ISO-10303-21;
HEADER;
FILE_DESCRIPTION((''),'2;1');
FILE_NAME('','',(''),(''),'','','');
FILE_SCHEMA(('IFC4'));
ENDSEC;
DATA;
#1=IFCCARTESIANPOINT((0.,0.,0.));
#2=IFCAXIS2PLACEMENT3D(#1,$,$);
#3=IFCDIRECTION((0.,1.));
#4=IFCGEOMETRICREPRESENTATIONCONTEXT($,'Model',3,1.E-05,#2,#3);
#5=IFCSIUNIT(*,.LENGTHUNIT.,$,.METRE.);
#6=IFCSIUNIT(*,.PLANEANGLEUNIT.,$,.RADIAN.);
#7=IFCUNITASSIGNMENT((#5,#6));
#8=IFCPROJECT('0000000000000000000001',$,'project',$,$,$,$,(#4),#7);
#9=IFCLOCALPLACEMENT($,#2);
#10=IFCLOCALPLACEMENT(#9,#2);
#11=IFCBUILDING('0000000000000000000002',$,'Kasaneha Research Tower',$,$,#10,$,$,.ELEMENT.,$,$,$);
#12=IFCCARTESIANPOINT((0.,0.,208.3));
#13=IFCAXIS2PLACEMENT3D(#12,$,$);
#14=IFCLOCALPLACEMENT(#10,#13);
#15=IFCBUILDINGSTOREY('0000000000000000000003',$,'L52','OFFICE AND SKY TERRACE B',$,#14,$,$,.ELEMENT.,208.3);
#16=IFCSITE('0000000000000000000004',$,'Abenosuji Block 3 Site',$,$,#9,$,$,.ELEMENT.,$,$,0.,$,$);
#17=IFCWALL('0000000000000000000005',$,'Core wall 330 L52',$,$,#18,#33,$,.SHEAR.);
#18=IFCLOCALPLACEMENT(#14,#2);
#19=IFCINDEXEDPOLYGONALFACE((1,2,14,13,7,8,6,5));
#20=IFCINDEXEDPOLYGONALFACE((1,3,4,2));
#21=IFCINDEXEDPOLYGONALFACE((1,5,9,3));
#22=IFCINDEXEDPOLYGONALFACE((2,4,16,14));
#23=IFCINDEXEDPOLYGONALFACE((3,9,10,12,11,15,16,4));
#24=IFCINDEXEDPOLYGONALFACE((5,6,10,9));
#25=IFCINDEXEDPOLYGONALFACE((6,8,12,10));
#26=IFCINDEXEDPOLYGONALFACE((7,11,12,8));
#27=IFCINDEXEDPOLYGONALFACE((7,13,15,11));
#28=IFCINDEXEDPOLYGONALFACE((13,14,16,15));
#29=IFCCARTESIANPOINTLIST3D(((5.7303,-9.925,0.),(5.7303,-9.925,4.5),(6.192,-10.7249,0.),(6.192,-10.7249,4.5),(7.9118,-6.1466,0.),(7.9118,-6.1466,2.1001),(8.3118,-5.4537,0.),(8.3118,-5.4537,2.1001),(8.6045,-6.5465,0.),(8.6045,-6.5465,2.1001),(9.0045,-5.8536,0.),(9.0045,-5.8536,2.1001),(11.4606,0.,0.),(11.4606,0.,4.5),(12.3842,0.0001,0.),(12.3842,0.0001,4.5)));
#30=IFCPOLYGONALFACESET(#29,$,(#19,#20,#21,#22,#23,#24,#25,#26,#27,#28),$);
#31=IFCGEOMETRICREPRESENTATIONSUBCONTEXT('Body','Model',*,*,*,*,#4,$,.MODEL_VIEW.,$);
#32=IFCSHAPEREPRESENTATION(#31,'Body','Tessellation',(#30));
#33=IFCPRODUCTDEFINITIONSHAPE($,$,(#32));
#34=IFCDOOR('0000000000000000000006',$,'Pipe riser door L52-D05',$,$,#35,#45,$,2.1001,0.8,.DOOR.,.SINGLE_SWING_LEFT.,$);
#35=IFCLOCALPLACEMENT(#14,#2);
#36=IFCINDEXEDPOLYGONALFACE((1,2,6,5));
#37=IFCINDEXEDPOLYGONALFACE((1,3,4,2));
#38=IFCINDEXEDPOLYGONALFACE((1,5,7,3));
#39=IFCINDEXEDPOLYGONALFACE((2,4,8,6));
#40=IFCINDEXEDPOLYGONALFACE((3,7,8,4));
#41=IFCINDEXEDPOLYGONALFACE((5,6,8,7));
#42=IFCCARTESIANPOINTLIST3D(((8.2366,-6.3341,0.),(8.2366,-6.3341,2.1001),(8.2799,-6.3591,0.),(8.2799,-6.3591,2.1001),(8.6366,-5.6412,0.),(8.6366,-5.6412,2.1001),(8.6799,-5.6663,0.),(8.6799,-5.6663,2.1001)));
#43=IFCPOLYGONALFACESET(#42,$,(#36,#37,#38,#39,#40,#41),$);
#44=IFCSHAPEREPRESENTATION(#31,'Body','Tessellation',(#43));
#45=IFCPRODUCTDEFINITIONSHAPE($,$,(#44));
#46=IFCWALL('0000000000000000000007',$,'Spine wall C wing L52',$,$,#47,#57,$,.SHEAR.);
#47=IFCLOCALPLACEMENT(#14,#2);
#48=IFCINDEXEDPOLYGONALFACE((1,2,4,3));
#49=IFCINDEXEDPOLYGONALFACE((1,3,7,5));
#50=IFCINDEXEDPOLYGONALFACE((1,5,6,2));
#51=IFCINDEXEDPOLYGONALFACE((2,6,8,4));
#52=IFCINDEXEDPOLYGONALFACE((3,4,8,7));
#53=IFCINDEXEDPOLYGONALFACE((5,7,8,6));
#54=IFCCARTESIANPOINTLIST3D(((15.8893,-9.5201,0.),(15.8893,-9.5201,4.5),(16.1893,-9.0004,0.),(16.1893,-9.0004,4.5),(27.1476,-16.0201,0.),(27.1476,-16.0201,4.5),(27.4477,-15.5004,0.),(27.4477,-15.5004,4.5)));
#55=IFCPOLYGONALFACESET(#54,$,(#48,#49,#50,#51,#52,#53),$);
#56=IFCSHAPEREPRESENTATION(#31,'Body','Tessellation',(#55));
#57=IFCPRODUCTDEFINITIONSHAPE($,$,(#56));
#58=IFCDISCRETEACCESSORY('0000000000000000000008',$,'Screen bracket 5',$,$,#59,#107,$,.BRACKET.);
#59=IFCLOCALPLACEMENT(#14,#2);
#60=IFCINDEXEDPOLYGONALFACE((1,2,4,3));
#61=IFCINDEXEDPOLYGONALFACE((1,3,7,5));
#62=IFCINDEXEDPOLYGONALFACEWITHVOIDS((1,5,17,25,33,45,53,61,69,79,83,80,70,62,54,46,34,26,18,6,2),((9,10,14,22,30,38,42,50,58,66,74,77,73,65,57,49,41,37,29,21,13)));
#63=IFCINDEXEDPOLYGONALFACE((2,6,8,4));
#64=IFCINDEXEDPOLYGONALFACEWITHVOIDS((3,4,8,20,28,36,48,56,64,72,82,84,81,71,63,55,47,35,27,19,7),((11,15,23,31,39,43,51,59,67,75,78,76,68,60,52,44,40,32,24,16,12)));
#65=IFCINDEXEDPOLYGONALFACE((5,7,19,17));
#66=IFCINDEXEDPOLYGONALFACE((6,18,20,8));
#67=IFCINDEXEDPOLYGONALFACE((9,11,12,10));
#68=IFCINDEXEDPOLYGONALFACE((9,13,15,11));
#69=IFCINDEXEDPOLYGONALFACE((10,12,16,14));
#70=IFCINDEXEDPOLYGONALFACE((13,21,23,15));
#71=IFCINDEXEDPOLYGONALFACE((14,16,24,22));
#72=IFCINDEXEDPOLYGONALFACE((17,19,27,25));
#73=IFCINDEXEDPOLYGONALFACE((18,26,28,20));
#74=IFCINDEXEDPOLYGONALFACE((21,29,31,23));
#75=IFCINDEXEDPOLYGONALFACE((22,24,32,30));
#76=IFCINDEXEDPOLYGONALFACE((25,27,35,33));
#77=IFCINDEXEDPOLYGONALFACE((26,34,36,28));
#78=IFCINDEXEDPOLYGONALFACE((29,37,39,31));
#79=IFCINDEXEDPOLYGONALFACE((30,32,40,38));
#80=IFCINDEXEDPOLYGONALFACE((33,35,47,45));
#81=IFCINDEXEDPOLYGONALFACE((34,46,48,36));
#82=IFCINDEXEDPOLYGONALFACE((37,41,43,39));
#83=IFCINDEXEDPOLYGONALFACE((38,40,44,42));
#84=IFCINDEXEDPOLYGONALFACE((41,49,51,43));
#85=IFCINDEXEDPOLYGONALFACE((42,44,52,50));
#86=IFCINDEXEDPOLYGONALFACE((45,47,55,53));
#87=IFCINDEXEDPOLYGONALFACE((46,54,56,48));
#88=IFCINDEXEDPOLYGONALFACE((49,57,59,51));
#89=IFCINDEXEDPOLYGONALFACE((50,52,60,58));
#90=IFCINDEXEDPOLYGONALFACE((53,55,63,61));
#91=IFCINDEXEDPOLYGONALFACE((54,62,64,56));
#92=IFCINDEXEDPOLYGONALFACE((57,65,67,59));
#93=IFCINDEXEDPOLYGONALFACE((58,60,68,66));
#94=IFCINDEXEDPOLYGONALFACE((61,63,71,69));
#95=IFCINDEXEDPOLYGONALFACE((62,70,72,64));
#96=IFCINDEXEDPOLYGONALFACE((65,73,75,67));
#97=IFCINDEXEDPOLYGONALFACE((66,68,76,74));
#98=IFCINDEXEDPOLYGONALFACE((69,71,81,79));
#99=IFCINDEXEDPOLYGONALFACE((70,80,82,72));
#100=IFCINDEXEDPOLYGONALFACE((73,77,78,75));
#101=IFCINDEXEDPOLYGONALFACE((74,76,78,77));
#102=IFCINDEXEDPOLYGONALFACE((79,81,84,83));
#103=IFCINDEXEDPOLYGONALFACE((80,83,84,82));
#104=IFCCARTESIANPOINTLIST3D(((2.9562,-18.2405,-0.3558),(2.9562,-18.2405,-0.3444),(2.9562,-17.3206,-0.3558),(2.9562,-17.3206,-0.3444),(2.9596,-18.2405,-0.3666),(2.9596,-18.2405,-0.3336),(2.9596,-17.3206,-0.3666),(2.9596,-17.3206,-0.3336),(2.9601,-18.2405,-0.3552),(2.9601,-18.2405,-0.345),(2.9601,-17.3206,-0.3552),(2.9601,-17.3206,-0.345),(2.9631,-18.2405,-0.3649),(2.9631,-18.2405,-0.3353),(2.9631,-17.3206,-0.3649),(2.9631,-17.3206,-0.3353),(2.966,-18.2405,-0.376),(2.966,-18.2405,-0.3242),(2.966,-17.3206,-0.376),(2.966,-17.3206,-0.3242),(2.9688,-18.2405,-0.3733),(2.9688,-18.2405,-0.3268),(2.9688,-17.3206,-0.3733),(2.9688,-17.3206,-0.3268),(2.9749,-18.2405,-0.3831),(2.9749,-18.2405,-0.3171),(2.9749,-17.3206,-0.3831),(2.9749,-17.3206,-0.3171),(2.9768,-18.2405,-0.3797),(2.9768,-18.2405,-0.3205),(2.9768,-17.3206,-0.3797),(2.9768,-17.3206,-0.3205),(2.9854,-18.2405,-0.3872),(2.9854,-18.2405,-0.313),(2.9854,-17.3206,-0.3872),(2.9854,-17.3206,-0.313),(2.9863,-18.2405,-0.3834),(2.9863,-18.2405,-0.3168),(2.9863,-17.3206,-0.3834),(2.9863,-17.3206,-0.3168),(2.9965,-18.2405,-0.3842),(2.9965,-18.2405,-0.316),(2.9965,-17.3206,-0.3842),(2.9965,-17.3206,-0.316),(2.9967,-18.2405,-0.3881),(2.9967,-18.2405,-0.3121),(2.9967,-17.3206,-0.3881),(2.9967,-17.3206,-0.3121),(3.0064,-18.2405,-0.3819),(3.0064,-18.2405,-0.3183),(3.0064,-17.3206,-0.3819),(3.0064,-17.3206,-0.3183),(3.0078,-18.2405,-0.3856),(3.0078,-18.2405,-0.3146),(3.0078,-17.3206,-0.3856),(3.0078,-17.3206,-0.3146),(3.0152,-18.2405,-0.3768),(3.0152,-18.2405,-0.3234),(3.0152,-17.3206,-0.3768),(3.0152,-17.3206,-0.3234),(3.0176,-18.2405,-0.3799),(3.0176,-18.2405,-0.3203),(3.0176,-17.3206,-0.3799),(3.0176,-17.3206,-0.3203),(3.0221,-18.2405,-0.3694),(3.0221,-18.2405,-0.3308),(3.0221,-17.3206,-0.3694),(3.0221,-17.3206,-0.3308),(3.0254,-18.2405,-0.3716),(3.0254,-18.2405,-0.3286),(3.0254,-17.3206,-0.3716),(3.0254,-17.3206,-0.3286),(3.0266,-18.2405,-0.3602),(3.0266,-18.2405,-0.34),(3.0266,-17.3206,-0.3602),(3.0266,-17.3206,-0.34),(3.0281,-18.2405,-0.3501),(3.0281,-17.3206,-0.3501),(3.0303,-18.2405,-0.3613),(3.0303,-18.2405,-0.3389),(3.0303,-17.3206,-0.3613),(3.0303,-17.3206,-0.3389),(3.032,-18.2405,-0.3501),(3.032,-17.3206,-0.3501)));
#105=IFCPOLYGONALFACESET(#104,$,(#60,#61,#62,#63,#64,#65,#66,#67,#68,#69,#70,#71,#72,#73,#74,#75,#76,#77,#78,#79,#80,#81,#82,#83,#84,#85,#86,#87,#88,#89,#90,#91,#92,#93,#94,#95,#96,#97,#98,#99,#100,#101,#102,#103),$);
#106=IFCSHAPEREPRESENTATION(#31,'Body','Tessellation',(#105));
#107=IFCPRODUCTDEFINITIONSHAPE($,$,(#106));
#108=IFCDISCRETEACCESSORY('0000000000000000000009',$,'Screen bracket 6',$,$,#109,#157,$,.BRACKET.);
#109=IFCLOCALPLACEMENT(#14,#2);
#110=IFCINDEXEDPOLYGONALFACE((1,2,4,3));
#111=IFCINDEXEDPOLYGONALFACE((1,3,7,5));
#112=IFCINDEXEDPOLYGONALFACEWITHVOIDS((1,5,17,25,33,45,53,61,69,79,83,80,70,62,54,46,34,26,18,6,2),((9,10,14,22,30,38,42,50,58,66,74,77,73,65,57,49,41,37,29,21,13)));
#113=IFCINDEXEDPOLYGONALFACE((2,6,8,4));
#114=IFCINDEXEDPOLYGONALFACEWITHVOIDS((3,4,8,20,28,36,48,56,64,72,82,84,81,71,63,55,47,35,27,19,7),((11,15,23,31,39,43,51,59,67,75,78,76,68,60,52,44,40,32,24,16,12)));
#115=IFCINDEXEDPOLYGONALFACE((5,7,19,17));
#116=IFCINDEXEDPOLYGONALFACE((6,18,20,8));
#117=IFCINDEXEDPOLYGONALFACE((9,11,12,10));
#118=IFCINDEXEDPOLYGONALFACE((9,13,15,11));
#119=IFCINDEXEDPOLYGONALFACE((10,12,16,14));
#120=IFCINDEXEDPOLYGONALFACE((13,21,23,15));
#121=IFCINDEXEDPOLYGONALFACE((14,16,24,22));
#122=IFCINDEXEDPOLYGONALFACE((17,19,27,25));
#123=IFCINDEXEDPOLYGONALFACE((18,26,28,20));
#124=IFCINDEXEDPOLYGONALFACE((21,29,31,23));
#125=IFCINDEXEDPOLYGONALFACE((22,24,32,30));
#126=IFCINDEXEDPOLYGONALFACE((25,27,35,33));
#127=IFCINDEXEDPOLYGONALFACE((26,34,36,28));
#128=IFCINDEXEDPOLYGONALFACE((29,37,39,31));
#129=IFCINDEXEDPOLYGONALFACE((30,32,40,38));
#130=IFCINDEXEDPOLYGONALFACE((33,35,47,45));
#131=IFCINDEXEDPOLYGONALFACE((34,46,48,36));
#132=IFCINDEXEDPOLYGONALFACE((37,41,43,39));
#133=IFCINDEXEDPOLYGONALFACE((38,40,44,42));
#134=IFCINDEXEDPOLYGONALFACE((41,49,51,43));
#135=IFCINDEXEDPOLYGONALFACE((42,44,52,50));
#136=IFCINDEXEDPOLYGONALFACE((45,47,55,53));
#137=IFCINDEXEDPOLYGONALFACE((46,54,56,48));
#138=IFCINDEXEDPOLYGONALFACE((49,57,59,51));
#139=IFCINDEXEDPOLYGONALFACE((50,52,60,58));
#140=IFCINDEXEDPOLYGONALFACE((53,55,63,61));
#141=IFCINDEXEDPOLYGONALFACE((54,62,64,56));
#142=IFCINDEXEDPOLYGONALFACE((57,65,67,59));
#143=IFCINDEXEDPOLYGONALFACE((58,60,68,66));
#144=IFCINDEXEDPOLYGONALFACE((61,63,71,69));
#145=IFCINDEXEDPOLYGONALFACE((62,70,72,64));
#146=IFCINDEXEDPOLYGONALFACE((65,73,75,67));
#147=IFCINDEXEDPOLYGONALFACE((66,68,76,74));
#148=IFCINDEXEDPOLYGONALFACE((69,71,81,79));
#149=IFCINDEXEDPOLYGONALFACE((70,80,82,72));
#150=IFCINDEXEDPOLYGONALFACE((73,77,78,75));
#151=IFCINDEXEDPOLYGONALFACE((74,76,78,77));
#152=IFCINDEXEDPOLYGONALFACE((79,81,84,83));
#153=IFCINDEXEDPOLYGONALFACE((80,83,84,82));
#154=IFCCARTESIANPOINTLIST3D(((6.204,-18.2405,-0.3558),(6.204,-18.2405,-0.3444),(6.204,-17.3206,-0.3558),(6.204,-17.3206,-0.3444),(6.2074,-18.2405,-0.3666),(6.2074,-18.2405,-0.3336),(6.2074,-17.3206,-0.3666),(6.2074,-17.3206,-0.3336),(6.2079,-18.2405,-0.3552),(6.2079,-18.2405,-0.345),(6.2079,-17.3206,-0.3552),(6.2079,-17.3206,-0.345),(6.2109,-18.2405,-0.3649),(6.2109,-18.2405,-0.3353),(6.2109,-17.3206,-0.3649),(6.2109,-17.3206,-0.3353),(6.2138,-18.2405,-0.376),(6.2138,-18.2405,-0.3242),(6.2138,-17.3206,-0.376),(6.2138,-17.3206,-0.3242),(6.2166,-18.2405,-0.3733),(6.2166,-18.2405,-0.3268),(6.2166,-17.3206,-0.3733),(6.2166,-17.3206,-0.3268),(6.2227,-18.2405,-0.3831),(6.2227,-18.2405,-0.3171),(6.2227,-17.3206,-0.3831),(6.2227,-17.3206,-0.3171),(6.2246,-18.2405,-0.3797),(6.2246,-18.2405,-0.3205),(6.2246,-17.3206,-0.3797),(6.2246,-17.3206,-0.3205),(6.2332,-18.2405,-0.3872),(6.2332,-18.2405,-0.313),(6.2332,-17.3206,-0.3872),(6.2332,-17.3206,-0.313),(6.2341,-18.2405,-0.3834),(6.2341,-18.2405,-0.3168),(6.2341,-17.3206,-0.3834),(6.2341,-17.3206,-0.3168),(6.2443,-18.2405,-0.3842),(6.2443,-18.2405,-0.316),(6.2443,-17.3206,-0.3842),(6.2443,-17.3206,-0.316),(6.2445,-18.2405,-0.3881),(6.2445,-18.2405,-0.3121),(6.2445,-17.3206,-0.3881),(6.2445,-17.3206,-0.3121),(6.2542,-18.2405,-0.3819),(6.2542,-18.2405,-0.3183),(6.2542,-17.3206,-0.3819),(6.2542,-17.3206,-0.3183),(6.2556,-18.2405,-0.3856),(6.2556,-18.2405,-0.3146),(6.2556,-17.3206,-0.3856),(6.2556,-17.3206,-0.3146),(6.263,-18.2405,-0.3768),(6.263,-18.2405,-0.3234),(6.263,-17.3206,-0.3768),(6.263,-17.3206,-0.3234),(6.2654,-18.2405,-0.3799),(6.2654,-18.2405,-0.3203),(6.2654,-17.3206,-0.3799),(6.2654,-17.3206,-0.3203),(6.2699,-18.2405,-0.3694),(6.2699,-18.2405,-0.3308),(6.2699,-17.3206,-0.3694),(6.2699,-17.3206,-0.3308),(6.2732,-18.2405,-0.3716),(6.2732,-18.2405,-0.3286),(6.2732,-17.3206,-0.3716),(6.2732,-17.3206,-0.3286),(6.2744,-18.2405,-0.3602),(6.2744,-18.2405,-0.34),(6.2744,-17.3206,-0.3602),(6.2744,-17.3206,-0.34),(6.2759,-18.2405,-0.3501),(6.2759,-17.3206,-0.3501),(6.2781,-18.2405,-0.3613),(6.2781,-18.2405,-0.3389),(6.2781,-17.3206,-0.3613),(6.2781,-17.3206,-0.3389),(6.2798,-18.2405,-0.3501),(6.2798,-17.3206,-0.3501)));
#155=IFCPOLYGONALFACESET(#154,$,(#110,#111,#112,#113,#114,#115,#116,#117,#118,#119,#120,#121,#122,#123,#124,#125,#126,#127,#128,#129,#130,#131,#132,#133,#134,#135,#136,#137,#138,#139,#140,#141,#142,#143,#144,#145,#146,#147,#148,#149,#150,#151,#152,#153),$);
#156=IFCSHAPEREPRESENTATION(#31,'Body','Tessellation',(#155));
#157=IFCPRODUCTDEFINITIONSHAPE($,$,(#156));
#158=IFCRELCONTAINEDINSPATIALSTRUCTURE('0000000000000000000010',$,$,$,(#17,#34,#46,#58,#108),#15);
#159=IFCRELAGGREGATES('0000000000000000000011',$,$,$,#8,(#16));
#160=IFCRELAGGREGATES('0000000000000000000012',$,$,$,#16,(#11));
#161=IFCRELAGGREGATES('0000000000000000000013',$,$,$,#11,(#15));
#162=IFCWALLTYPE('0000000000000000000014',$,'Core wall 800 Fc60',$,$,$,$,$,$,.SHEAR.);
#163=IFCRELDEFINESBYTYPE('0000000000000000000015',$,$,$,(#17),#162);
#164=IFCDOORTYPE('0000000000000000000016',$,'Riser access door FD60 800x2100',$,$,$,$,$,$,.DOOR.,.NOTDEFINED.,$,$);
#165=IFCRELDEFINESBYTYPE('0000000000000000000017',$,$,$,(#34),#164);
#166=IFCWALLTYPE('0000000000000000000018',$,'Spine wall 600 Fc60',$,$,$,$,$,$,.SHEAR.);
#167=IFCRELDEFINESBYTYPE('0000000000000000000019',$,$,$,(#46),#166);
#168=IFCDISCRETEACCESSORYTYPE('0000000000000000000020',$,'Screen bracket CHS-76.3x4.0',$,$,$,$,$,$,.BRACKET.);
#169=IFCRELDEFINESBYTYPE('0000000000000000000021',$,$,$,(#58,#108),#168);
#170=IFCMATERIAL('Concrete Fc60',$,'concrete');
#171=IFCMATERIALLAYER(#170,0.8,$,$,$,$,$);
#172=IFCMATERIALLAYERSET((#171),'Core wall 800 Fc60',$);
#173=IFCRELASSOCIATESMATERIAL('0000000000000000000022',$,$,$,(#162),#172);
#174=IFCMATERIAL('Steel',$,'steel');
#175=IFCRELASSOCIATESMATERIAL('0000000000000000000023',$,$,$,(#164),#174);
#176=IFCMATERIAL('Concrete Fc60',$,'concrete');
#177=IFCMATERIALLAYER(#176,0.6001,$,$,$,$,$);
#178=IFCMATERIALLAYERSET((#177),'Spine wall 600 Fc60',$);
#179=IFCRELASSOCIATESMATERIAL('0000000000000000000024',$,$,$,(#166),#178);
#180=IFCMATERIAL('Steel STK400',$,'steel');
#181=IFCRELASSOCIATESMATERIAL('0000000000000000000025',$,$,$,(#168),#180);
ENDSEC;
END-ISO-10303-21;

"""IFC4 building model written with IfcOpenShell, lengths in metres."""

from ifc_helpers import new_model, si_unit, direction, frame, frame_2d, origin, origin_2d, place, context, subcontext, project, spatial, polyline, rectangle, hollow_circle, outline, extrude, material, layer, layer_set, material_profile, profile_set, type_object, element, fill, save


model = new_model("IFC4")

# Units and contexts
model_context = context("Model", 3, precision=1e-05, world=origin(), true_north=direction((0.0, 1.0)))
body_context = subcontext(model_context, "Body", "Model", "MODEL_VIEW")
ifc_project = project(units=[si_unit("LENGTHUNIT", "METRE"), si_unit("PLANEANGLEUNIT", "RADIAN")], contexts=[model_context])

# Site, building, storey
site_placement = place(None, origin())
site = spatial("IfcSite", under=ifc_project, at=site_placement, Name="Abenosuji Block 3 Site", CompositionType="ELEMENT", RefElevation=0.0)
building_placement = place(site_placement, origin())
building = spatial("IfcBuilding", under=site, at=building_placement, Name="Kasaneha Research Tower", CompositionType="ELEMENT")
storey_placement = place(building_placement, frame((0.0, 0.0, 208.3)))
storey = spatial("IfcBuildingStorey", under=building, at=storey_placement, Name="L52", Description="OFFICE AND SKY TERRACE B", CompositionType="ELEMENT", Elevation=208.3)

# Wall, opening, door
ifc_material_1 = material(Name="Concrete Fc60", Category="concrete")
ifc_layer_1 = layer(ifc_material_1, 0.8)
ifc_layer_set_1 = layer_set([ifc_layer_1], Name="Core wall 800 Fc60")
wall_type_1 = type_object("IfcWallType", Name="Core wall 800 Fc60", PredefinedType="SHEAR", material=ifc_layer_set_1)
wall_1_placement = place(storey_placement, frame((5.9612, -10.325, 0.0), z_axis=(0.0, 0.0, 1.0), x_axis=(0.500004, 0.866023, 0.0)))
wall_1 = element("IfcWall", 1, at=wall_1_placement, inside=storey, type_object=wall_type_1, Name="Core wall 330 L52", PredefinedType="SHEAR", context=body_context, shape_type="SweptSolid", body=[
    extrude(outline(polyline([(-0.231, -0.3999), (4.594, -0.3999), (5.394, -0.3999), (12.1533, -0.3999), (11.6914, 0.3999), (5.394, 0.3999), (4.594, 0.3999), (0.231, 0.3999), (-0.231, -0.3999)])), origin(), (0.0, 0.0, 1.0), 4.5),
])
opening_placement = place(wall_1_placement, frame((4.594, 0.0, 0.0)))
opening = element("IfcOpeningElement", 2, at=opening_placement, cuts=wall_1, PredefinedType="OPENING", context=body_context, shape_type="SweptSolid", body=[
    extrude(rectangle(XDim=0.8, YDim=2.1001, at=frame_2d((0.3999, 1.05))), frame((0.0, 0.4102, 0.0), z_axis=(0.0, -1.0, 0.0), x_axis=(1.0, 0.0, 0.0)), (0.0, 0.0, 1.0), 0.8201),
])
ifc_material_2 = material(Name="Steel", Category="steel")
door_type = type_object("IfcDoorType", Name="Riser access door FD60 800x2100", OperationType="NOTDEFINED", PredefinedType="DOOR", material=ifc_material_2)
door_placement = place(opening_placement, origin())
door = element("IfcDoor", 3, at=door_placement, inside=storey, type_object=door_type, Name="Pipe riser door L52-D05", OperationType="SINGLE_SWING_LEFT", OverallHeight=2.1001, OverallWidth=0.8, PredefinedType="DOOR", context=body_context, shape_type="SweptSolid", body=[
    extrude(rectangle(XDim=0.8, YDim=2.1001, at=frame_2d((0.3999, 1.05))), frame((0.0, 0.0249, 0.0), z_axis=(0.0, -1.0, 0.0), x_axis=(1.0, 0.0, 0.0)), (0.0, 0.0, 1.0), 0.05),
])
fill(opening, door)

# Wall
ifc_material_3 = material(Name="Concrete Fc60", Category="concrete")
ifc_layer_2 = layer(ifc_material_3, 0.6001)
ifc_layer_set_2 = layer_set([ifc_layer_2], Name="Spine wall 600 Fc60")
wall_type_2 = type_object("IfcWallType", Name="Spine wall 600 Fc60", PredefinedType="SHEAR", material=ifc_layer_set_2)
wall_2_placement = place(storey_placement, frame((16.0393, -9.2603, 0.0), z_axis=(0.0, 0.0, 1.0), x_axis=(0.866025, -0.500001, 0.0)))
element("IfcWall", 4, at=wall_2_placement, inside=storey, type_object=wall_type_2, Name="Spine wall C wing L52", PredefinedType="SHEAR", context=body_context, shape_type="SweptSolid", body=[
    extrude(rectangle(XDim=13.0, YDim=0.6001, at=frame_2d((6.5, 0.0))), origin(), (0.0, 0.0, 1.0), 4.5),
])

# Discrete accessories
ifc_material_4 = material(Name="Steel STK400", Category="steel")
ifc_material_profile_1 = material_profile(ifc_material_4, hollow_circle(Radius=0.0381, WallThickness=0.0039, at=origin_2d()), Name="CHS-76.3x4.0")
ifc_profile_set_1 = profile_set([ifc_material_profile_1], Name="Steel STK400")
discrete_accessory_type = type_object("IfcDiscreteAccessoryType", Name="Screen bracket CHS-76.3x4.0", PredefinedType="BRACKET", material=ifc_profile_set_1)
for number, where, z_axis, x_axis, name in (
    (5, (2.9939, -17.3206, -0.3501), (0.0, -1.0, 0.0), (1.0, 0.0, 0.0), "Screen bracket 5"),
    (6, (6.2417, -17.3206, -0.3501), (0.0, -1.0, 0.0), (1.0, 0.0, 0.0), "Screen bracket 6"),
):
    element("IfcDiscreteAccessory", number, at=place(storey_placement, frame(where, z_axis=z_axis, x_axis=x_axis)), inside=storey, type_object=discrete_accessory_type, Name=name, PredefinedType="BRACKET", context=body_context, shape_type="SweptSolid", body=[
        extrude(hollow_circle(Radius=0.0381, WallThickness=0.0039, at=origin_2d()), origin(), (0.0, 0.0, 1.0), 0.9199),
    ])

save(model, "model.ifc")
